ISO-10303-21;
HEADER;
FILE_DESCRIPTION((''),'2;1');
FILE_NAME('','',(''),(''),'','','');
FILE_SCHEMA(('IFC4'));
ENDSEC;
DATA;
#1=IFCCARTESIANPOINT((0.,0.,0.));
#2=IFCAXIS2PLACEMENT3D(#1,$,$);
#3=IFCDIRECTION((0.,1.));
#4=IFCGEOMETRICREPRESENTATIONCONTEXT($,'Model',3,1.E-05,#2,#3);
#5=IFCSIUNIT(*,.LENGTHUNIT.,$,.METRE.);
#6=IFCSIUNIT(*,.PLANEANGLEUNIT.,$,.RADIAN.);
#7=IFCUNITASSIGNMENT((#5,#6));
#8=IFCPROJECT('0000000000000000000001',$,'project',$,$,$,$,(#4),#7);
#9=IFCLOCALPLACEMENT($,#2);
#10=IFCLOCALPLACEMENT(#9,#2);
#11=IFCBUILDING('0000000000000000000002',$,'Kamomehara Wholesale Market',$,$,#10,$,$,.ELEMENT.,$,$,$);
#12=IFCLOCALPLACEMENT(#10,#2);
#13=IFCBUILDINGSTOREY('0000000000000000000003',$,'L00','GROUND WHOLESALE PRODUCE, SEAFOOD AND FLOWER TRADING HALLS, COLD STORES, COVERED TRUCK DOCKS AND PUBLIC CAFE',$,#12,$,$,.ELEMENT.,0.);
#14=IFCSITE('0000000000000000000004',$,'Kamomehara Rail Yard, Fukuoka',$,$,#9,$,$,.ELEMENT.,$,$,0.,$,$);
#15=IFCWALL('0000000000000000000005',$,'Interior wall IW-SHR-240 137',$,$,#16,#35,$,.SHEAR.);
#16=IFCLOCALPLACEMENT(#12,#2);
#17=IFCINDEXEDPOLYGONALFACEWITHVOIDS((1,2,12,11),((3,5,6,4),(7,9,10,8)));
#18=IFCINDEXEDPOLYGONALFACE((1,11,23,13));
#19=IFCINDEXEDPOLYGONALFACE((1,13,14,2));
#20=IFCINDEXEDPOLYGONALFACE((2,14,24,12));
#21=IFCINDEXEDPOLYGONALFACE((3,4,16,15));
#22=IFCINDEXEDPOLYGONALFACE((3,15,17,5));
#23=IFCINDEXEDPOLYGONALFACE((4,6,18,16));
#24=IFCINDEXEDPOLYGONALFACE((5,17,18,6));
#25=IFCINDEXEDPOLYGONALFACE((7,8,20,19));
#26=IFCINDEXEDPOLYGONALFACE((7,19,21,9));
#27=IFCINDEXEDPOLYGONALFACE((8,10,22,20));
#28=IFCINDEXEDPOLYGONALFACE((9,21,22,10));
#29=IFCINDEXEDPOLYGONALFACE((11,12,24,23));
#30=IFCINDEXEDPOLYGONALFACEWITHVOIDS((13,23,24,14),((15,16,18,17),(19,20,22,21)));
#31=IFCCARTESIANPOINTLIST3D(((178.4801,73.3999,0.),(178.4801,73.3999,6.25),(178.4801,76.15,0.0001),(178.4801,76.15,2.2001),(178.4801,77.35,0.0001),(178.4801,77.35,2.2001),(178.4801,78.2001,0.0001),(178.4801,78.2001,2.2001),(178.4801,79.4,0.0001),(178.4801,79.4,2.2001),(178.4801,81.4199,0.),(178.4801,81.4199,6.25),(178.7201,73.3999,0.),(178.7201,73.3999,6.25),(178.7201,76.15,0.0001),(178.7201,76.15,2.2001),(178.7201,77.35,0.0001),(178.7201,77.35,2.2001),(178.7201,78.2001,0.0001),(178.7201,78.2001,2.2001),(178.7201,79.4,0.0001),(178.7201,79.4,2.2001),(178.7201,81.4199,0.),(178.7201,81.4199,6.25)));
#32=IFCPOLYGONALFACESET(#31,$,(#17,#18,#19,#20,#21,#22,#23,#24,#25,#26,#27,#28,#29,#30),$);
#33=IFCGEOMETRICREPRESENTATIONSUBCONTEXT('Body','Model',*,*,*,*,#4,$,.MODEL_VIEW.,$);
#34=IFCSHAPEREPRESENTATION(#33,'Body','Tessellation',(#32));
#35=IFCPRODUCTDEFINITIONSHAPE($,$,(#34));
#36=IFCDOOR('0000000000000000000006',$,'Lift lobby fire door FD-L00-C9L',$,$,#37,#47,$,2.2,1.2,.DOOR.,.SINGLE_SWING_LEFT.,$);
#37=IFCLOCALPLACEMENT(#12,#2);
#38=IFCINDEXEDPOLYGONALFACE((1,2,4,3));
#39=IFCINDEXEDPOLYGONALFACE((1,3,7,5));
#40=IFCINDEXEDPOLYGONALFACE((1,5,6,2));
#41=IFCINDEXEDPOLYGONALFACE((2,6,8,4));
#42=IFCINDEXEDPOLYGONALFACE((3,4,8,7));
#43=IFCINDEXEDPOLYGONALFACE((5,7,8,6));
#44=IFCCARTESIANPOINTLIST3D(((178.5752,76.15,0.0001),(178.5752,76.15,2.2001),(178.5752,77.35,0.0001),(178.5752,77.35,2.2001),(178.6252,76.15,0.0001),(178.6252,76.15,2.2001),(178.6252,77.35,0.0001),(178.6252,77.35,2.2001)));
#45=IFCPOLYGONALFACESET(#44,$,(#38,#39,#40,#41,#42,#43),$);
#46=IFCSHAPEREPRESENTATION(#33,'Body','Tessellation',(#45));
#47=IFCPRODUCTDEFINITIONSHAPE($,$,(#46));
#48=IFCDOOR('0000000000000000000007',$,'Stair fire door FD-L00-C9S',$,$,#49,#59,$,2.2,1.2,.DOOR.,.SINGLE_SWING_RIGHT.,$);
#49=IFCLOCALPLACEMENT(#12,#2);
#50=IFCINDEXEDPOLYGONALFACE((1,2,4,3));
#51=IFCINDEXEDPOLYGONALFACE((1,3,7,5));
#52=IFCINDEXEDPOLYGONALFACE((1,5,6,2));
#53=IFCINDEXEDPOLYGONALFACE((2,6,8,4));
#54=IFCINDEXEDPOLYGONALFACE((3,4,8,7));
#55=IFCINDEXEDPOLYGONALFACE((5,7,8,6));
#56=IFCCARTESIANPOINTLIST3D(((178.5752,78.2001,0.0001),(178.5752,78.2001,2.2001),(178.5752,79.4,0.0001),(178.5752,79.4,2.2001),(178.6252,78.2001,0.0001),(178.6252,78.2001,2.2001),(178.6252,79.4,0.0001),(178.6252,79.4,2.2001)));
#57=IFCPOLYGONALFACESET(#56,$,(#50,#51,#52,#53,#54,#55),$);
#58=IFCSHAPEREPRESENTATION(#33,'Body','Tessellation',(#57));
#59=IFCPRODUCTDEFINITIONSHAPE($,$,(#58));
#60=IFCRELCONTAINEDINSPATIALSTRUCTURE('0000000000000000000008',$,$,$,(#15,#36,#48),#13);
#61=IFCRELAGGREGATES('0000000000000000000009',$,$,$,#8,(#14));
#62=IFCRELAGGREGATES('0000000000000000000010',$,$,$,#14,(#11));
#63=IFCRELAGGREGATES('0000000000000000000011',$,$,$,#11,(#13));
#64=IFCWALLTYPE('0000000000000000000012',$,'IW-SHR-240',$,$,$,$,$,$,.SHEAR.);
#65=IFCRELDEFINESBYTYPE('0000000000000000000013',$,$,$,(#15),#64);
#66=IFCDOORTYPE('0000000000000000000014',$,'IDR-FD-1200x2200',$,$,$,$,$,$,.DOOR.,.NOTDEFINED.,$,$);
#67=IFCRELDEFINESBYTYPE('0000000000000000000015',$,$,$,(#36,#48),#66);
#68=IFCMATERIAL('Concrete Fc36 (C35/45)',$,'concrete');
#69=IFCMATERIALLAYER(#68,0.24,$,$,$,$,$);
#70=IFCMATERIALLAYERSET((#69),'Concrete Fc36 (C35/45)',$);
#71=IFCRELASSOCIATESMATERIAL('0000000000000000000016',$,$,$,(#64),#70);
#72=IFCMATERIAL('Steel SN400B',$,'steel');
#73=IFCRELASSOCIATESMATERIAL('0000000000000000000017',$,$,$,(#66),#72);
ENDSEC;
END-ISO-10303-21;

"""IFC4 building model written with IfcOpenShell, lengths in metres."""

from ifc_helpers import new_model, si_unit, direction, frame, frame_2d, origin, place, context, subcontext, project, spatial, rectangle, extrude, material, layer, layer_set, type_object, element, fill, save


model = new_model("IFC4")

# Units and contexts
model_context = context("Model", 3, precision=1e-05, world=origin(), true_north=direction((0.0, 1.0)))
body_context = subcontext(model_context, "Body", "Model", "MODEL_VIEW")
ifc_project = project(units=[si_unit("LENGTHUNIT", "METRE"), si_unit("PLANEANGLEUNIT", "RADIAN")], contexts=[model_context])

# Site, building, storey
site_placement = place(None, origin())
site = spatial("IfcSite", under=ifc_project, at=site_placement, Name="Kamomehara Rail Yard, Fukuoka", CompositionType="ELEMENT", RefElevation=0.0)
building_placement = place(site_placement, origin())
building = spatial("IfcBuilding", under=site, at=building_placement, Name="Kamomehara Wholesale Market", CompositionType="ELEMENT")
storey_placement = place(building_placement, origin())
storey = spatial("IfcBuildingStorey", under=building, at=storey_placement, Name="L00", Description="GROUND WHOLESALE PRODUCE, SEAFOOD AND FLOWER TRADING HALLS, COLD STORES, COVERED TRUCK DOCKS AND PUBLIC CAFE", CompositionType="ELEMENT", Elevation=0.0)

# Shared definitions
ifc_material_1 = material(Name="Concrete Fc36 (C35/45)", Category="concrete")
ifc_layer_1 = layer(ifc_material_1, 0.24)
ifc_layer_set_1 = layer_set([ifc_layer_1], Name="Concrete Fc36 (C35/45)")
wall_type_1 = type_object("IfcWallType", Name="IW-SHR-240", PredefinedType="SHEAR", material=ifc_layer_set_1)

# Wall, openings, doors
wall_1_placement = place(storey_placement, frame((178.6001, 73.3999, 0.0), z_axis=(0.0, 0.0, 1.0), x_axis=(0.0, 1.0, 0.0)))
wall_1 = element("IfcWall", 1, at=wall_1_placement, inside=storey, type_object=wall_type_1, Name="Interior wall IW-SHR-240 137", PredefinedType="SHEAR", context=body_context, shape_type="SweptSolid", body=[
    extrude(rectangle(XDim=8.02, YDim=0.24, at=frame_2d((4.01, 0.0))), origin(), (0.0, 0.0, 1.0), 6.25),
])
opening_1_placement = place(wall_1_placement, frame((2.75, 0.0, 0.0)))
opening_1 = element("IfcOpeningElement", 2, at=opening_1_placement, cuts=wall_1, PredefinedType="OPENING", context=body_context, shape_type="SweptSolid", body=[
    extrude(rectangle(XDim=1.2, YDim=2.2, at=frame_2d((0.6001, 1.1001))), frame((0.0, 0.1348, 0.0), z_axis=(0.0, -1.0, 0.0), x_axis=(1.0, 0.0, 0.0)), (0.0, 0.0, 1.0), 0.2698),
])
opening_2_placement = place(wall_1_placement, frame((4.8, 0.0, 0.0)))
opening_2 = element("IfcOpeningElement", 3, at=opening_2_placement, cuts=wall_1, PredefinedType="OPENING", context=body_context, shape_type="SweptSolid", body=[
    extrude(rectangle(XDim=1.2, YDim=2.2, at=frame_2d((0.6001, 1.1001))), frame((0.0, 0.1348, 0.0), z_axis=(0.0, -1.0, 0.0), x_axis=(1.0, 0.0, 0.0)), (0.0, 0.0, 1.0), 0.2698),
])
ifc_material_2 = material(Name="Steel SN400B", Category="steel")
door_type_1 = type_object("IfcDoorType", Name="IDR-FD-1200x2200", OperationType="NOTDEFINED", PredefinedType="DOOR", material=ifc_material_2)
door_1_placement = place(opening_1_placement, origin())
door_1 = element("IfcDoor", 4, at=door_1_placement, inside=storey, type_object=door_type_1, Name="Lift lobby fire door FD-L00-C9L", OperationType="SINGLE_SWING_LEFT", OverallHeight=2.2, OverallWidth=1.2, PredefinedType="DOOR", context=body_context, shape_type="SweptSolid", body=[
    extrude(rectangle(XDim=1.2, YDim=2.2, at=frame_2d((0.6001, 1.1001))), frame((0.0, 0.0249, 0.0), z_axis=(0.0, -1.0, 0.0), x_axis=(1.0, 0.0, 0.0)), (0.0, 0.0, 1.0), 0.05),
])
fill(opening_1, door_1)
door_2_placement = place(opening_2_placement, origin())
door_2 = element("IfcDoor", 5, at=door_2_placement, inside=storey, type_object=door_type_1, Name="Stair fire door FD-L00-C9S", OperationType="SINGLE_SWING_RIGHT", OverallHeight=2.2, OverallWidth=1.2, PredefinedType="DOOR", context=body_context, shape_type="SweptSolid", body=[
    extrude(rectangle(XDim=1.2, YDim=2.2, at=frame_2d((0.6001, 1.1001))), frame((0.0, 0.0249, 0.0), z_axis=(0.0, -1.0, 0.0), x_axis=(1.0, 0.0, 0.0)), (0.0, 0.0, 1.0), 0.05),
])
fill(opening_2, door_2)

save(model, "model.ifc")
